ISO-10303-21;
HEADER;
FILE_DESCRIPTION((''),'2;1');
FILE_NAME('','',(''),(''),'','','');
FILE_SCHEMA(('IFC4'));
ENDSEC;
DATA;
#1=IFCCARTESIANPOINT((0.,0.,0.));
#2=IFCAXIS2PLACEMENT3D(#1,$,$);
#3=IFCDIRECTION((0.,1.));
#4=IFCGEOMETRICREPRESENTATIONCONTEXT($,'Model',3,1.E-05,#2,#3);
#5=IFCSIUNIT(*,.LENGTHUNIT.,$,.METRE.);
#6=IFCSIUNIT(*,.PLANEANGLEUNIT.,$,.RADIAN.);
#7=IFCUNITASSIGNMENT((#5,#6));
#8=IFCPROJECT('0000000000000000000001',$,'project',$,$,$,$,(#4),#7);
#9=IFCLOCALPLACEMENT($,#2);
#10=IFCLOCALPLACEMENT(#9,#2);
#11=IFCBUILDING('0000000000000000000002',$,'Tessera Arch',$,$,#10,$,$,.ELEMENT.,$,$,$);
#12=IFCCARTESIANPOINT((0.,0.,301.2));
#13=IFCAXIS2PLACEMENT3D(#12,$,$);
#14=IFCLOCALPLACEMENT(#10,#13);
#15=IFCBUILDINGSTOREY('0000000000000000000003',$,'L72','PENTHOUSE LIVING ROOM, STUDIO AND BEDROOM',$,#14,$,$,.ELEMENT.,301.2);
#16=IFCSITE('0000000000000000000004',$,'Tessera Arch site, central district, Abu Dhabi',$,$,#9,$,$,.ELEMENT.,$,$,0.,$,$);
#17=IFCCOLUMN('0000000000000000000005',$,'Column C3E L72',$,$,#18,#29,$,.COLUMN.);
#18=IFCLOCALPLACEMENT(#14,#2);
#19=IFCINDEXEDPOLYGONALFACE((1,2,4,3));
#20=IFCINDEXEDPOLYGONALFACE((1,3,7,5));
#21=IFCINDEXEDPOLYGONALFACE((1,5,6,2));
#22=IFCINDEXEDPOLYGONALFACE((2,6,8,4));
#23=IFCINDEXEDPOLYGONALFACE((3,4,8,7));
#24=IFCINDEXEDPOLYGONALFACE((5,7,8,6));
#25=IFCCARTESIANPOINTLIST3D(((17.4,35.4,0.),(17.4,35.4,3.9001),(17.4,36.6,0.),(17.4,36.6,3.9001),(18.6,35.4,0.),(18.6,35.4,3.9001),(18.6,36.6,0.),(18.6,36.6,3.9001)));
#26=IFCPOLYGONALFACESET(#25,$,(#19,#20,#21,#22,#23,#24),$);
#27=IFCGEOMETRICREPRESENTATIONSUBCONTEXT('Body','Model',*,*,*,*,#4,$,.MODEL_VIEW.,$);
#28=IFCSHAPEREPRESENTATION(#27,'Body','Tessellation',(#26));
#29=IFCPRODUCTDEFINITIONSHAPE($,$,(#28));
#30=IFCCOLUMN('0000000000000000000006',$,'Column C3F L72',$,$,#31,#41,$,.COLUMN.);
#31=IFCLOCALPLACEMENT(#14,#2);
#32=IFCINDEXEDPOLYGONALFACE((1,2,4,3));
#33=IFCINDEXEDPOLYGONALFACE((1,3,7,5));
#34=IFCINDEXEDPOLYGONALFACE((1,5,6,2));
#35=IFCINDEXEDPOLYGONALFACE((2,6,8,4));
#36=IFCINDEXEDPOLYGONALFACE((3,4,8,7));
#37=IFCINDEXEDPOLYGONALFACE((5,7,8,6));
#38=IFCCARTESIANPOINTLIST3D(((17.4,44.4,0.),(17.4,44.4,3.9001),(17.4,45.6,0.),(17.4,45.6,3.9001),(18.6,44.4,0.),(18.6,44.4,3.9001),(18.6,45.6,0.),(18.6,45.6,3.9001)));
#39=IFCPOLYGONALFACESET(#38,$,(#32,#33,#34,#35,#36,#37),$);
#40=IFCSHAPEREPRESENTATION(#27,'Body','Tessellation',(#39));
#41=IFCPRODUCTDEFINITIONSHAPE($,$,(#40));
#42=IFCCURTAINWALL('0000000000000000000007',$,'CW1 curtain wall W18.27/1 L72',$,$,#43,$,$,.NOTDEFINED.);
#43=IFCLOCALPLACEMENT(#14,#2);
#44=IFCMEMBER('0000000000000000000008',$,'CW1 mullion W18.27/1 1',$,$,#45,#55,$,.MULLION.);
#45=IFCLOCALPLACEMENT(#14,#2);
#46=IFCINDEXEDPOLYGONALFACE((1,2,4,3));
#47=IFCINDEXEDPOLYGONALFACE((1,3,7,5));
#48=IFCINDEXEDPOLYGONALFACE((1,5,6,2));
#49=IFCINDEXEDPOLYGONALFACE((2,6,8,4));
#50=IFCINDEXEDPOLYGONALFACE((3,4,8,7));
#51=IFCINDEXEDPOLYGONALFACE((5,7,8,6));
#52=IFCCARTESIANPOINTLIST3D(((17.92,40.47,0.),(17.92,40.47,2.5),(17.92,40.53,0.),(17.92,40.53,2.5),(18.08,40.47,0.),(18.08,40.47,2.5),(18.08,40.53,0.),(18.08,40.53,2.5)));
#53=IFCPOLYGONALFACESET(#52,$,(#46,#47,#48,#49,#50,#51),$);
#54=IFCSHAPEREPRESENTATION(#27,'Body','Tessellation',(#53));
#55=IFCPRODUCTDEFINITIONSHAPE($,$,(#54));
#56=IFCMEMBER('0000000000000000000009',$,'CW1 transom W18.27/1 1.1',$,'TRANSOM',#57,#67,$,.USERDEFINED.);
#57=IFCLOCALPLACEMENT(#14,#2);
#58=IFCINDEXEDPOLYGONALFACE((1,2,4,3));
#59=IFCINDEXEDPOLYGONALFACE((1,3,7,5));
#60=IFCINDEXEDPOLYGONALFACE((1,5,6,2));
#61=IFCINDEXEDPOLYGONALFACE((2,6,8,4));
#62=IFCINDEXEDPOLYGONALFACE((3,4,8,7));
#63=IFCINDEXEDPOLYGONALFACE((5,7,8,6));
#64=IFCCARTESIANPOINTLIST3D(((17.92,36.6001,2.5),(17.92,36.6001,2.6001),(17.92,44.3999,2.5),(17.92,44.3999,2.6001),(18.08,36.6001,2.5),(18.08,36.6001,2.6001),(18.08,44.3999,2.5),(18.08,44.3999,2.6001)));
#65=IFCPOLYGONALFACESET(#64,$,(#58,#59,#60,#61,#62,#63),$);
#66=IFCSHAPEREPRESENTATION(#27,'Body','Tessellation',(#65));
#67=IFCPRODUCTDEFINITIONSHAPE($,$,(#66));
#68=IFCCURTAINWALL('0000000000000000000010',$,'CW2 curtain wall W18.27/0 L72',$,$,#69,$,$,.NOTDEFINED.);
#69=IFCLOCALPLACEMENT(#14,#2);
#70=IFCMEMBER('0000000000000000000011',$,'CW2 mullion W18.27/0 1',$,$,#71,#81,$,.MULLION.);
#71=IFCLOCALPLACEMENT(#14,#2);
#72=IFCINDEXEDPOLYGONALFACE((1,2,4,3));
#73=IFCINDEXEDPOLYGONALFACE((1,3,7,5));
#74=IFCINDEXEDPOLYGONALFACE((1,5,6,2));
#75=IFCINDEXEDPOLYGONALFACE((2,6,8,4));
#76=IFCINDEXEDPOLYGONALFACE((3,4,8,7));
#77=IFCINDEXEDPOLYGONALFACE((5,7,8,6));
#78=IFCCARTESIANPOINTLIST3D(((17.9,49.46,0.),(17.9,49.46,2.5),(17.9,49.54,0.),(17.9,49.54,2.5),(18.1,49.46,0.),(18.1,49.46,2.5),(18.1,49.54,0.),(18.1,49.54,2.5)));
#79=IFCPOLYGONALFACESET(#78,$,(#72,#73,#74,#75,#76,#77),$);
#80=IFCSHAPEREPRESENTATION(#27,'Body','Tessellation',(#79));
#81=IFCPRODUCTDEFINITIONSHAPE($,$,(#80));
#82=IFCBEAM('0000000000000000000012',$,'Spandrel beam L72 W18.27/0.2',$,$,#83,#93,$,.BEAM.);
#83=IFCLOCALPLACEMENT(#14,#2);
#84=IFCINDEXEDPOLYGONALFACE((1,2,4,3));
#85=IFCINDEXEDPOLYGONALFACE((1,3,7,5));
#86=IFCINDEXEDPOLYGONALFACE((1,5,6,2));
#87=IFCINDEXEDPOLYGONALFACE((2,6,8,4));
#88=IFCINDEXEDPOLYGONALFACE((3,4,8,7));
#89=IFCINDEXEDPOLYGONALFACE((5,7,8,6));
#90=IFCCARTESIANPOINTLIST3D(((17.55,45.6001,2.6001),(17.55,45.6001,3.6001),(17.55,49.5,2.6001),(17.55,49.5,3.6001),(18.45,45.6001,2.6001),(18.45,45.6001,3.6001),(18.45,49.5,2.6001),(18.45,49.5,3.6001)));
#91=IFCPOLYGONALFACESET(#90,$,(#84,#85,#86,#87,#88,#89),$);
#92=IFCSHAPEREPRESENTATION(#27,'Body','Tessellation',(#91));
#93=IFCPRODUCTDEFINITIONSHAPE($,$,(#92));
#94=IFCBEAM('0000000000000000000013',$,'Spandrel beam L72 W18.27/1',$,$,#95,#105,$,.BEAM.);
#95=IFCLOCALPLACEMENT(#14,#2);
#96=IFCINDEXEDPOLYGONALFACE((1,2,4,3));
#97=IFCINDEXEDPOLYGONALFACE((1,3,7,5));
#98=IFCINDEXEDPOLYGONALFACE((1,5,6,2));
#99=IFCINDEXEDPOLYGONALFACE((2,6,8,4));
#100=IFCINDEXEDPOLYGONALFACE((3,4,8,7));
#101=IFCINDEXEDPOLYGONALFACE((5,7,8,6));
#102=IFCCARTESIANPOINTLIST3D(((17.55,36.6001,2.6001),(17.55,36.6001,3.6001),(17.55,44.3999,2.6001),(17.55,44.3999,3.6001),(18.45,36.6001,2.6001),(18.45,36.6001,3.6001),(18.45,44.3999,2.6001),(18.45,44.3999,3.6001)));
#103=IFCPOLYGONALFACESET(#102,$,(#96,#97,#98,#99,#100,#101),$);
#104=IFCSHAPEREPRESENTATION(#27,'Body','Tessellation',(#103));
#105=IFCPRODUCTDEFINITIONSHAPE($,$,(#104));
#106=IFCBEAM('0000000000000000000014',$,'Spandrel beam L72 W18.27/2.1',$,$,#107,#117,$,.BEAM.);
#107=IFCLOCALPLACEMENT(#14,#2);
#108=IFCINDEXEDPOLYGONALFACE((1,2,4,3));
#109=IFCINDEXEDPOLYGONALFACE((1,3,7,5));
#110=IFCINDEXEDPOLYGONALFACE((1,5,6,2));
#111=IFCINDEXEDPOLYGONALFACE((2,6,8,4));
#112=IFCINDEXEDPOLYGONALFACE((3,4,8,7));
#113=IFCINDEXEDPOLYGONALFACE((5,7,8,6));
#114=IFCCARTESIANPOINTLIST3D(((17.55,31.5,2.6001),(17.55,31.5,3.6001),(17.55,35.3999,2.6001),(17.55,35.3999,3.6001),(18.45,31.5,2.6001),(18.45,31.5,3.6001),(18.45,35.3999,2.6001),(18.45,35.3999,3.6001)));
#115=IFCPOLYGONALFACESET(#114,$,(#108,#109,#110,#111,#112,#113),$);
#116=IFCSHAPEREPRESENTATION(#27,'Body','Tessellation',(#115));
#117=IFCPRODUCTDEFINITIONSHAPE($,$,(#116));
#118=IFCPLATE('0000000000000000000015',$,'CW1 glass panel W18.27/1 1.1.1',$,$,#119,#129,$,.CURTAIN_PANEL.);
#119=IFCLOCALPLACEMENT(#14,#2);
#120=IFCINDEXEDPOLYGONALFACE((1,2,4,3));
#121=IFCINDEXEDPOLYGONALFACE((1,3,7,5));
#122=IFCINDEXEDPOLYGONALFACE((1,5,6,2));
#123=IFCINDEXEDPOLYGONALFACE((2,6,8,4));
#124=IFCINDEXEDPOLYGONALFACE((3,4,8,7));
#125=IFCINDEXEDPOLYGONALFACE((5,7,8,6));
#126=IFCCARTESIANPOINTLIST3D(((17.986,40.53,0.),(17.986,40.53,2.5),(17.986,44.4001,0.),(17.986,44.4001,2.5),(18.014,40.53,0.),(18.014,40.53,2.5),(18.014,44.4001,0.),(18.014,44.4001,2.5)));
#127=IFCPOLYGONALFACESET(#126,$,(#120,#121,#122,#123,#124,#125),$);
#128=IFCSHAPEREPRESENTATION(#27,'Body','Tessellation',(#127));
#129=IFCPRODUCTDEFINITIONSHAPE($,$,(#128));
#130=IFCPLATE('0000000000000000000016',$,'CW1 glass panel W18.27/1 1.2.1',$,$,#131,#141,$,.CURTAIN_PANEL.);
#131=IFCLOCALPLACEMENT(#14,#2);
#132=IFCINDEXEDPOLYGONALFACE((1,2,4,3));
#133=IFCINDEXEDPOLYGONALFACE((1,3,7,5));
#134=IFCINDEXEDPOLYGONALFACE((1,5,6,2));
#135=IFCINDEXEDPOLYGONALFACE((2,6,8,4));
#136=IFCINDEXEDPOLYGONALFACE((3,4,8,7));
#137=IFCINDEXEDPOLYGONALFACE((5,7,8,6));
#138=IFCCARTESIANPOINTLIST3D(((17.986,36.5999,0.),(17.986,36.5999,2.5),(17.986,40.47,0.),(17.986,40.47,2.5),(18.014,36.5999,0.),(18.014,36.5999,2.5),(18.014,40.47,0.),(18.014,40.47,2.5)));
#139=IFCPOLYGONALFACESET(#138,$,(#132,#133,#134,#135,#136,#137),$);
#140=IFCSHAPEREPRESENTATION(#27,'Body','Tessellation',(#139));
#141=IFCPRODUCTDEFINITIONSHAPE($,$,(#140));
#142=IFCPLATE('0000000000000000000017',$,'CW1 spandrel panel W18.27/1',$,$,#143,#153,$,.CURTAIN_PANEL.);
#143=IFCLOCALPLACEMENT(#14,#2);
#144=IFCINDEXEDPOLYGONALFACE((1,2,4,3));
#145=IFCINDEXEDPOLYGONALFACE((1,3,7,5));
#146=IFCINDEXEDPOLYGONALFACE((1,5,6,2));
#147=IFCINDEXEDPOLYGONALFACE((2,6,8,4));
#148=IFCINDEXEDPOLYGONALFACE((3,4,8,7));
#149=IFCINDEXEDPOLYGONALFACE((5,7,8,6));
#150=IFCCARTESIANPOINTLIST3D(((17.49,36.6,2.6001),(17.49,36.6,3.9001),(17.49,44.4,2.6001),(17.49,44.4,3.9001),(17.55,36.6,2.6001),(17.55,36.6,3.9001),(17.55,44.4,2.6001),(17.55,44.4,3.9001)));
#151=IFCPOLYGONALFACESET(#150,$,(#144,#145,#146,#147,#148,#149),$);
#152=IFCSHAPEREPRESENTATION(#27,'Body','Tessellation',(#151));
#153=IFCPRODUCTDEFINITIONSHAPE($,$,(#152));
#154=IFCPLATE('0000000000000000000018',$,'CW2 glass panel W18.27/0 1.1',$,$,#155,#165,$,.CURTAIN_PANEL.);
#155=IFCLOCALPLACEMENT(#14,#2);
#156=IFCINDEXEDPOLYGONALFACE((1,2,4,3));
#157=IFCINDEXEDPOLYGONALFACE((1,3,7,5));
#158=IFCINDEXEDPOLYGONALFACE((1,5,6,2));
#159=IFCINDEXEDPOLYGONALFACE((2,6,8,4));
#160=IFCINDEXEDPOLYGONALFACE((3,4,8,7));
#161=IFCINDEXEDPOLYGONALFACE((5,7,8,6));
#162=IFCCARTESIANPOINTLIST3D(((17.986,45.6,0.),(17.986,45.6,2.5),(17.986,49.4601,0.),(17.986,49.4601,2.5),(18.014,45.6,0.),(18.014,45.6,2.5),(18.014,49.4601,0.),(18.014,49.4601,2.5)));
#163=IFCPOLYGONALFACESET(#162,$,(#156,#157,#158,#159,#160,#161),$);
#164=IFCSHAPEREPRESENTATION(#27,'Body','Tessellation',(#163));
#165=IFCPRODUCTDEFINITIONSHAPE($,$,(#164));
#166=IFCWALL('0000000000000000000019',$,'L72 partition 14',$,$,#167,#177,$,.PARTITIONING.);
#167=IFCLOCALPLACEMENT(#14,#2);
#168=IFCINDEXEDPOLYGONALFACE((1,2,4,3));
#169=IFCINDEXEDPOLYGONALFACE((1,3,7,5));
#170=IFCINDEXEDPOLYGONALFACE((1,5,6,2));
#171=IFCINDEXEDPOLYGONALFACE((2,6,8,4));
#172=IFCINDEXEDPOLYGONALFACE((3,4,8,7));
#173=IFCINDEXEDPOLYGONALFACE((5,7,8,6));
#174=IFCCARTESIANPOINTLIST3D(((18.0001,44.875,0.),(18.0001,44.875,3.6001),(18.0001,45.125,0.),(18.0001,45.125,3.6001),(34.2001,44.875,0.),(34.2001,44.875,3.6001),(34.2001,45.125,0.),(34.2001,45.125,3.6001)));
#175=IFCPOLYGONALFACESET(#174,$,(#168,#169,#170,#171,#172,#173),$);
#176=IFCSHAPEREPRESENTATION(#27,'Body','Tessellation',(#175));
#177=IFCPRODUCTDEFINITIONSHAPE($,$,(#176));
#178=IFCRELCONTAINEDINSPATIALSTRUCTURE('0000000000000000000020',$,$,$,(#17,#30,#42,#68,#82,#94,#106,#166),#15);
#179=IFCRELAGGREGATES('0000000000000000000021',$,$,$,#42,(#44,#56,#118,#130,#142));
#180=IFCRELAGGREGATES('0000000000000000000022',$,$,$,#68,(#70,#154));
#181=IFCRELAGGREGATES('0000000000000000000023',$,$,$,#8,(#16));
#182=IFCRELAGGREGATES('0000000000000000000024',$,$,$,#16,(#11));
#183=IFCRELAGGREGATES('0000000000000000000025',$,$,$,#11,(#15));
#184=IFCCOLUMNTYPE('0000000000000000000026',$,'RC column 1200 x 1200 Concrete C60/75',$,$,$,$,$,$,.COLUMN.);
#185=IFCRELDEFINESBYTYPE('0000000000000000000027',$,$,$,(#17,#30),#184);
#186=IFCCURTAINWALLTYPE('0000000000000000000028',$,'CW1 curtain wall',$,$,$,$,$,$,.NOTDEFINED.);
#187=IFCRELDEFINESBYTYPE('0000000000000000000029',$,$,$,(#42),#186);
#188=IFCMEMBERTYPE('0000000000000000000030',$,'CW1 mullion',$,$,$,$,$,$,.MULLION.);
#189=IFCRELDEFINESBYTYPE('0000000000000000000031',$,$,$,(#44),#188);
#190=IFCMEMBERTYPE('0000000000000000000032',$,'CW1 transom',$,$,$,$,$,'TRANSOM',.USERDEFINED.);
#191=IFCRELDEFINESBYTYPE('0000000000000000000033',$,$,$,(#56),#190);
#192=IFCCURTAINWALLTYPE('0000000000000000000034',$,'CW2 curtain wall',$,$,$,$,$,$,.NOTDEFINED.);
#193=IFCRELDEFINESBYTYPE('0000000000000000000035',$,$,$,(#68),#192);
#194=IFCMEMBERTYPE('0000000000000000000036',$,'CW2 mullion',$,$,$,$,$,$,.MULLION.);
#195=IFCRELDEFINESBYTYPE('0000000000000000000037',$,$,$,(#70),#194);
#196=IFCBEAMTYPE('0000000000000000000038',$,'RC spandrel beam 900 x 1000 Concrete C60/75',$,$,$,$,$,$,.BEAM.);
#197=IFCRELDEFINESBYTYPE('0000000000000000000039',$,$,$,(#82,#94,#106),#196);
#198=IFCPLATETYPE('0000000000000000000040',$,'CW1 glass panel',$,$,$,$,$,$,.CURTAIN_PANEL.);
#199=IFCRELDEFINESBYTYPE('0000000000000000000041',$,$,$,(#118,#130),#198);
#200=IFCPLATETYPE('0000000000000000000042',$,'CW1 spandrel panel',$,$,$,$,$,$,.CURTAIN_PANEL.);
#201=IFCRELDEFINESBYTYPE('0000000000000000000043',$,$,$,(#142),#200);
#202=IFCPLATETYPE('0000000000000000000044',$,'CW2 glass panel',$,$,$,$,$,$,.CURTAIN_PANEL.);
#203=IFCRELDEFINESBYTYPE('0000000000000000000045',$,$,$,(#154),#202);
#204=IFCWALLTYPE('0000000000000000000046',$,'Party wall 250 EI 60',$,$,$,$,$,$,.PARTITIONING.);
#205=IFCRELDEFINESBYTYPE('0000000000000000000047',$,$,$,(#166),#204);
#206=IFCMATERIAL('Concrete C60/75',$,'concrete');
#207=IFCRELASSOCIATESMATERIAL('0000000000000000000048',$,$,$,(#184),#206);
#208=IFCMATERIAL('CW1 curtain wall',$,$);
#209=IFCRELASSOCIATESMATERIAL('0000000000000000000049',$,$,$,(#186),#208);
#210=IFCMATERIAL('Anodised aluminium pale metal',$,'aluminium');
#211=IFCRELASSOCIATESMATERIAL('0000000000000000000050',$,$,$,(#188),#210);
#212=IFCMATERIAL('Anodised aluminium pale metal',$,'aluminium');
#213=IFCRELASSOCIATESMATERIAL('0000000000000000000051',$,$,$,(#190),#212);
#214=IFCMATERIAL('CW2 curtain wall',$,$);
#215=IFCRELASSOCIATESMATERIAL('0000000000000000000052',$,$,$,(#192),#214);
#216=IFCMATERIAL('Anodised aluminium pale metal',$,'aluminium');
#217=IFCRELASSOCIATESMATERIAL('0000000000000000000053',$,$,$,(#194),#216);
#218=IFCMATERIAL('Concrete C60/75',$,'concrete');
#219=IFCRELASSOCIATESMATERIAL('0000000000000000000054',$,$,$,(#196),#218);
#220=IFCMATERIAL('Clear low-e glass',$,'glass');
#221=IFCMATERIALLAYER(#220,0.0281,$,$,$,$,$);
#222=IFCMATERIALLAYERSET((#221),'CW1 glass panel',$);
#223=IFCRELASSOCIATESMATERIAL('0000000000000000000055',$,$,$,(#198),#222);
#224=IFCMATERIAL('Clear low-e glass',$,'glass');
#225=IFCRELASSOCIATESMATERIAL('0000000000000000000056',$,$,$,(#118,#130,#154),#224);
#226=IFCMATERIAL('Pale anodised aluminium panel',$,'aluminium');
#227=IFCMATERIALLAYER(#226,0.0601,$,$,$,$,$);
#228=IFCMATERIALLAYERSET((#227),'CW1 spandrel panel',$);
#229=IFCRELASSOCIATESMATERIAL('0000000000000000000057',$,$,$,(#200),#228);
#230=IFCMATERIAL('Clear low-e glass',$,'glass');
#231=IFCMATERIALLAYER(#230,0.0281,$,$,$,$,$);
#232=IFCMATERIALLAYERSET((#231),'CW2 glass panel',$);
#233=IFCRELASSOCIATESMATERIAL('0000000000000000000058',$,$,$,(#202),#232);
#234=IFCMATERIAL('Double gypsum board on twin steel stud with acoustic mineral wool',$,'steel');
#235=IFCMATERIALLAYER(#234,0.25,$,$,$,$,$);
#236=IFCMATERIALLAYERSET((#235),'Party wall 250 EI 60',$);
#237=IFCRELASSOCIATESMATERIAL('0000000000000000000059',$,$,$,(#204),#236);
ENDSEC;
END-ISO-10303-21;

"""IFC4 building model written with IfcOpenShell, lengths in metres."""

from ifc_helpers import new_model, si_unit, direction, frame, frame_2d, origin, origin_2d, place, context, subcontext, project, spatial, rectangle, extrude, material, layer, layer_set, material_profile, profile_set, type_object, element, aggregate, save


model = new_model("IFC4")

# Units and contexts
model_context = context("Model", 3, precision=1e-05, world=origin(), true_north=direction((0.0, 1.0)))
body_context = subcontext(model_context, "Body", "Model", "MODEL_VIEW")
ifc_project = project(units=[si_unit("LENGTHUNIT", "METRE"), si_unit("PLANEANGLEUNIT", "RADIAN")], contexts=[model_context])

# Site, building, storey
site_placement = place(None, origin())
site = spatial("IfcSite", under=ifc_project, at=site_placement, Name="Tessera Arch site, central district, Abu Dhabi", CompositionType="ELEMENT", RefElevation=0.0)
building_placement = place(site_placement, origin())
building = spatial("IfcBuilding", under=site, at=building_placement, Name="Tessera Arch", CompositionType="ELEMENT")
storey_placement = place(building_placement, frame((0.0, 0.0, 301.2)))
storey = spatial("IfcBuildingStorey", under=building, at=storey_placement, Name="L72", Description="PENTHOUSE LIVING ROOM, STUDIO AND BEDROOM", CompositionType="ELEMENT", Elevation=301.2)

# Columns
ifc_material_1 = material(Name="Concrete C60/75", Category="concrete")
ifc_material_profile_1 = material_profile(ifc_material_1, rectangle(XDim=1.2, YDim=1.2, at=origin_2d()), Name="RC column 1200 x 1200 Concrete C60/75")
ifc_profile_set_1 = profile_set([ifc_material_profile_1], Name="Concrete C60/75")
column_type = type_object("IfcColumnType", Name="RC column 1200 x 1200 Concrete C60/75", PredefinedType="COLUMN", material=ifc_profile_set_1)
for number, where, z_axis, x_axis, name in (
    (1, (18.0, 36.0, 0.0), (0.0, 0.0, 1.0), (1.0, 0.0, 0.0), "Column C3E L72"),
    (2, (18.0, 45.0, 0.0), (0.0, 0.0, 1.0), (1.0, 0.0, 0.0), "Column C3F L72"),
):
    element("IfcColumn", number, at=place(storey_placement, frame(where, z_axis=z_axis, x_axis=x_axis)), inside=storey, type_object=column_type, Name=name, PredefinedType="COLUMN", context=body_context, shape_type="SweptSolid", body=[
        extrude(rectangle(XDim=1.2, YDim=1.2, at=origin_2d()), origin(), (0.0, 0.0, 1.0), 3.9001),
    ])

# Curtain wall, members
ifc_material_2 = material(Name="CW1 curtain wall")
curtain_wall_type_1 = type_object("IfcCurtainWallType", Name="CW1 curtain wall", PredefinedType="NOTDEFINED", material=ifc_material_2)
curtain_wall_1_placement = place(storey_placement, origin())
curtain_wall_1 = element("IfcCurtainWall", 3, at=curtain_wall_1_placement, inside=storey, type_object=curtain_wall_type_1, Name="CW1 curtain wall W18.27/1 L72", PredefinedType="NOTDEFINED")
ifc_material_3 = material(Name="Anodised aluminium pale metal", Category="aluminium")
ifc_material_profile_2 = material_profile(ifc_material_3, rectangle(XDim=0.1599, YDim=0.0601, at=origin_2d()), Name="AL 60x160")
ifc_profile_set_2 = profile_set([ifc_material_profile_2], Name="Anodised aluminium pale metal")
member_type_1 = type_object("IfcMemberType", Name="CW1 mullion", PredefinedType="MULLION", material=ifc_profile_set_2)
member_1_placement = place(storey_placement, frame((18.0, 40.5, 0.0), z_axis=(0.0, 0.0, 1.0), x_axis=(1.0, 0.0, 0.0)))
member_1 = element("IfcMember", 4, at=member_1_placement, type_object=member_type_1, Name="CW1 mullion W18.27/1 1", PredefinedType="MULLION", context=body_context, shape_type="SweptSolid", body=[
    extrude(rectangle(XDim=0.1599, YDim=0.0601, at=origin_2d()), origin(), (0.0, 0.0, 1.0), 2.5),
])
ifc_material_4 = material(Name="Anodised aluminium pale metal", Category="aluminium")
ifc_material_profile_3 = material_profile(ifc_material_4, rectangle(XDim=0.1599, YDim=0.1001, at=origin_2d()), Name="AL 160x100")
ifc_profile_set_3 = profile_set([ifc_material_profile_3], Name="Anodised aluminium pale metal")
member_type_2 = type_object("IfcMemberType", Name="CW1 transom", ElementType="TRANSOM", PredefinedType="USERDEFINED", material=ifc_profile_set_3)
member_2_placement = place(storey_placement, frame((18.0, 44.3999, 2.55), z_axis=(0.0, -1.0, 0.0), x_axis=(1.0, 0.0, 0.0)))
member_2 = element("IfcMember", 5, at=member_2_placement, type_object=member_type_2, Name="CW1 transom W18.27/1 1.1", ObjectType="TRANSOM", PredefinedType="USERDEFINED", context=body_context, shape_type="SweptSolid", body=[
    extrude(rectangle(XDim=0.1599, YDim=0.1001, at=origin_2d()), origin(), (0.0, 0.0, 1.0), 7.7998),
])

# Curtain wall, member
ifc_material_5 = material(Name="CW2 curtain wall")
curtain_wall_type_2 = type_object("IfcCurtainWallType", Name="CW2 curtain wall", PredefinedType="NOTDEFINED", material=ifc_material_5)
curtain_wall_2_placement = place(storey_placement, origin())
curtain_wall_2 = element("IfcCurtainWall", 6, at=curtain_wall_2_placement, inside=storey, type_object=curtain_wall_type_2, Name="CW2 curtain wall W18.27/0 L72", PredefinedType="NOTDEFINED")
ifc_material_6 = material(Name="Anodised aluminium pale metal", Category="aluminium")
ifc_material_profile_4 = material_profile(ifc_material_6, rectangle(XDim=0.2, YDim=0.0801, at=origin_2d()), Name="AL 80x200")
ifc_profile_set_4 = profile_set([ifc_material_profile_4], Name="Anodised aluminium pale metal")
member_type_3 = type_object("IfcMemberType", Name="CW2 mullion", PredefinedType="MULLION", material=ifc_profile_set_4)
member_3_placement = place(storey_placement, frame((18.0, 49.5, 0.0), z_axis=(0.0, 0.0, 1.0), x_axis=(1.0, 0.0, 0.0)))
member_3 = element("IfcMember", 7, at=member_3_placement, type_object=member_type_3, Name="CW2 mullion W18.27/0 1", PredefinedType="MULLION", context=body_context, shape_type="SweptSolid", body=[
    extrude(rectangle(XDim=0.2, YDim=0.0801, at=origin_2d()), origin(), (0.0, 0.0, 1.0), 2.5),
])

# Beams
ifc_material_7 = material(Name="Concrete C60/75", Category="concrete")
ifc_material_profile_5 = material_profile(ifc_material_7, rectangle(XDim=0.8999, YDim=1.0, at=origin_2d()), Name="RC spandrel beam 900 x 1000 Concrete C60/75")
ifc_profile_set_5 = profile_set([ifc_material_profile_5], Name="Concrete C60/75")
beam_type = type_object("IfcBeamType", Name="RC spandrel beam 900 x 1000 Concrete C60/75", PredefinedType="BEAM", material=ifc_profile_set_5)
beam_1_placement = place(storey_placement, frame((18.0, 49.5, 3.1001), z_axis=(0.0, -1.0, 0.0), x_axis=(1.0, 0.0, 0.0)))
element("IfcBeam", 8, at=beam_1_placement, inside=storey, type_object=beam_type, Name="Spandrel beam L72 W18.27/0.2", PredefinedType="BEAM", context=body_context, shape_type="SweptSolid", body=[
    extrude(rectangle(XDim=0.8999, YDim=1.0, at=origin_2d()), origin(), (0.0, 0.0, 1.0), 3.8999),
])
beam_2_placement = place(storey_placement, frame((18.0, 44.3999, 3.1001), z_axis=(0.0, -1.0, 0.0), x_axis=(1.0, 0.0, 0.0)))
element("IfcBeam", 9, at=beam_2_placement, inside=storey, type_object=beam_type, Name="Spandrel beam L72 W18.27/1", PredefinedType="BEAM", context=body_context, shape_type="SweptSolid", body=[
    extrude(rectangle(XDim=0.8999, YDim=1.0, at=origin_2d()), origin(), (0.0, 0.0, 1.0), 7.7998),
])
beam_3_placement = place(storey_placement, frame((18.0, 35.3999, 3.1001), z_axis=(0.0, -1.0, 0.0), x_axis=(1.0, 0.0, 0.0)))
element("IfcBeam", 10, at=beam_3_placement, inside=storey, type_object=beam_type, Name="Spandrel beam L72 W18.27/2.1", PredefinedType="BEAM", context=body_context, shape_type="SweptSolid", body=[
    extrude(rectangle(XDim=0.8999, YDim=1.0, at=origin_2d()), origin(), (0.0, 0.0, 1.0), 3.8999),
])

# Plates
ifc_material_8 = material(Name="Clear low-e glass", Category="glass")
ifc_material_9 = material(Name="Clear low-e glass", Category="glass")
ifc_layer_1 = layer(ifc_material_9, 0.0281)
ifc_layer_set_1 = layer_set([ifc_layer_1], Name="CW1 glass panel")
plate_type_1 = type_object("IfcPlateType", Name="CW1 glass panel", PredefinedType="CURTAIN_PANEL", material=ifc_layer_set_1)
plate_1_placement = place(storey_placement, frame((18.0, 42.4651, 0.0), z_axis=(0.0, 0.0, 1.0), x_axis=(0.0, -1.0, 0.0)))
plate_1 = element("IfcPlate", 11, at=plate_1_placement, type_object=plate_type_1, material=ifc_material_8, Name="CW1 glass panel W18.27/1 1.1.1", PredefinedType="CURTAIN_PANEL", context=body_context, shape_type="SweptSolid", body=[
    extrude(rectangle(XDim=3.8701, YDim=0.0281, at=origin_2d()), origin(), (0.0, 0.0, 1.0), 2.5),
])
plate_2_placement = place(storey_placement, frame((18.0, 38.5349, 0.0), z_axis=(0.0, 0.0, 1.0), x_axis=(0.0, -1.0, 0.0)))
plate_2 = element("IfcPlate", 12, at=plate_2_placement, type_object=plate_type_1, material=ifc_material_8, Name="CW1 glass panel W18.27/1 1.2.1", PredefinedType="CURTAIN_PANEL", context=body_context, shape_type="SweptSolid", body=[
    extrude(rectangle(XDim=3.8701, YDim=0.0281, at=origin_2d()), origin(), (0.0, 0.0, 1.0), 2.5),
])
ifc_material_10 = material(Name="Pale anodised aluminium panel", Category="aluminium")
ifc_layer_2 = layer(ifc_material_10, 0.0601)
ifc_layer_set_2 = layer_set([ifc_layer_2], Name="CW1 spandrel panel")
plate_type_2 = type_object("IfcPlateType", Name="CW1 spandrel panel", PredefinedType="CURTAIN_PANEL", material=ifc_layer_set_2)
plate_3_placement = place(storey_placement, frame((17.52, 40.5, 2.6001), z_axis=(0.0, 0.0, 1.0), x_axis=(0.0, -1.0, 0.0)))
plate_3 = element("IfcPlate", 13, at=plate_3_placement, type_object=plate_type_2, Name="CW1 spandrel panel W18.27/1", PredefinedType="CURTAIN_PANEL", context=body_context, shape_type="SweptSolid", body=[
    extrude(rectangle(XDim=7.8, YDim=0.0601, at=origin_2d()), origin(), (0.0, 0.0, 1.0), 1.3),
])
aggregate(curtain_wall_1, [member_1, member_2, plate_1, plate_2, plate_3])
ifc_material_11 = material(Name="Clear low-e glass", Category="glass")
ifc_layer_3 = layer(ifc_material_11, 0.0281)
ifc_layer_set_3 = layer_set([ifc_layer_3], Name="CW2 glass panel")
plate_type_3 = type_object("IfcPlateType", Name="CW2 glass panel", PredefinedType="CURTAIN_PANEL", material=ifc_layer_set_3)
plate_4_placement = place(storey_placement, frame((18.0, 47.53, 0.0), z_axis=(0.0, 0.0, 1.0), x_axis=(0.0, -1.0, 0.0)))
plate_4 = element("IfcPlate", 14, at=plate_4_placement, type_object=plate_type_3, material=ifc_material_8, Name="CW2 glass panel W18.27/0 1.1", PredefinedType="CURTAIN_PANEL", context=body_context, shape_type="SweptSolid", body=[
    extrude(rectangle(XDim=3.8601, YDim=0.0281, at=origin_2d()), origin(), (0.0, 0.0, 1.0), 2.5),
])
aggregate(curtain_wall_2, [member_3, plate_4])

# Wall
ifc_material_12 = material(Name="Double gypsum board on twin steel stud with acoustic mineral wool", Category="steel")
ifc_layer_4 = layer(ifc_material_12, 0.25)
ifc_layer_set_4 = layer_set([ifc_layer_4], Name="Party wall 250 EI 60")
wall_type = type_object("IfcWallType", Name="Party wall 250 EI 60", PredefinedType="PARTITIONING", material=ifc_layer_set_4)
wall_placement = place(storey_placement, frame((18.0, 45.0, 0.0), z_axis=(0.0, 0.0, 1.0), x_axis=(1.0, 0.0, 0.0)))
element("IfcWall", 15, at=wall_placement, inside=storey, type_object=wall_type, Name="L72 partition 14", PredefinedType="PARTITIONING", context=body_context, shape_type="SweptSolid", body=[
    extrude(rectangle(XDim=16.2, YDim=0.25, at=frame_2d((8.1001, 0.0))), origin(), (0.0, 0.0, 1.0), 3.6001),
])

save(model, "model.ifc")
